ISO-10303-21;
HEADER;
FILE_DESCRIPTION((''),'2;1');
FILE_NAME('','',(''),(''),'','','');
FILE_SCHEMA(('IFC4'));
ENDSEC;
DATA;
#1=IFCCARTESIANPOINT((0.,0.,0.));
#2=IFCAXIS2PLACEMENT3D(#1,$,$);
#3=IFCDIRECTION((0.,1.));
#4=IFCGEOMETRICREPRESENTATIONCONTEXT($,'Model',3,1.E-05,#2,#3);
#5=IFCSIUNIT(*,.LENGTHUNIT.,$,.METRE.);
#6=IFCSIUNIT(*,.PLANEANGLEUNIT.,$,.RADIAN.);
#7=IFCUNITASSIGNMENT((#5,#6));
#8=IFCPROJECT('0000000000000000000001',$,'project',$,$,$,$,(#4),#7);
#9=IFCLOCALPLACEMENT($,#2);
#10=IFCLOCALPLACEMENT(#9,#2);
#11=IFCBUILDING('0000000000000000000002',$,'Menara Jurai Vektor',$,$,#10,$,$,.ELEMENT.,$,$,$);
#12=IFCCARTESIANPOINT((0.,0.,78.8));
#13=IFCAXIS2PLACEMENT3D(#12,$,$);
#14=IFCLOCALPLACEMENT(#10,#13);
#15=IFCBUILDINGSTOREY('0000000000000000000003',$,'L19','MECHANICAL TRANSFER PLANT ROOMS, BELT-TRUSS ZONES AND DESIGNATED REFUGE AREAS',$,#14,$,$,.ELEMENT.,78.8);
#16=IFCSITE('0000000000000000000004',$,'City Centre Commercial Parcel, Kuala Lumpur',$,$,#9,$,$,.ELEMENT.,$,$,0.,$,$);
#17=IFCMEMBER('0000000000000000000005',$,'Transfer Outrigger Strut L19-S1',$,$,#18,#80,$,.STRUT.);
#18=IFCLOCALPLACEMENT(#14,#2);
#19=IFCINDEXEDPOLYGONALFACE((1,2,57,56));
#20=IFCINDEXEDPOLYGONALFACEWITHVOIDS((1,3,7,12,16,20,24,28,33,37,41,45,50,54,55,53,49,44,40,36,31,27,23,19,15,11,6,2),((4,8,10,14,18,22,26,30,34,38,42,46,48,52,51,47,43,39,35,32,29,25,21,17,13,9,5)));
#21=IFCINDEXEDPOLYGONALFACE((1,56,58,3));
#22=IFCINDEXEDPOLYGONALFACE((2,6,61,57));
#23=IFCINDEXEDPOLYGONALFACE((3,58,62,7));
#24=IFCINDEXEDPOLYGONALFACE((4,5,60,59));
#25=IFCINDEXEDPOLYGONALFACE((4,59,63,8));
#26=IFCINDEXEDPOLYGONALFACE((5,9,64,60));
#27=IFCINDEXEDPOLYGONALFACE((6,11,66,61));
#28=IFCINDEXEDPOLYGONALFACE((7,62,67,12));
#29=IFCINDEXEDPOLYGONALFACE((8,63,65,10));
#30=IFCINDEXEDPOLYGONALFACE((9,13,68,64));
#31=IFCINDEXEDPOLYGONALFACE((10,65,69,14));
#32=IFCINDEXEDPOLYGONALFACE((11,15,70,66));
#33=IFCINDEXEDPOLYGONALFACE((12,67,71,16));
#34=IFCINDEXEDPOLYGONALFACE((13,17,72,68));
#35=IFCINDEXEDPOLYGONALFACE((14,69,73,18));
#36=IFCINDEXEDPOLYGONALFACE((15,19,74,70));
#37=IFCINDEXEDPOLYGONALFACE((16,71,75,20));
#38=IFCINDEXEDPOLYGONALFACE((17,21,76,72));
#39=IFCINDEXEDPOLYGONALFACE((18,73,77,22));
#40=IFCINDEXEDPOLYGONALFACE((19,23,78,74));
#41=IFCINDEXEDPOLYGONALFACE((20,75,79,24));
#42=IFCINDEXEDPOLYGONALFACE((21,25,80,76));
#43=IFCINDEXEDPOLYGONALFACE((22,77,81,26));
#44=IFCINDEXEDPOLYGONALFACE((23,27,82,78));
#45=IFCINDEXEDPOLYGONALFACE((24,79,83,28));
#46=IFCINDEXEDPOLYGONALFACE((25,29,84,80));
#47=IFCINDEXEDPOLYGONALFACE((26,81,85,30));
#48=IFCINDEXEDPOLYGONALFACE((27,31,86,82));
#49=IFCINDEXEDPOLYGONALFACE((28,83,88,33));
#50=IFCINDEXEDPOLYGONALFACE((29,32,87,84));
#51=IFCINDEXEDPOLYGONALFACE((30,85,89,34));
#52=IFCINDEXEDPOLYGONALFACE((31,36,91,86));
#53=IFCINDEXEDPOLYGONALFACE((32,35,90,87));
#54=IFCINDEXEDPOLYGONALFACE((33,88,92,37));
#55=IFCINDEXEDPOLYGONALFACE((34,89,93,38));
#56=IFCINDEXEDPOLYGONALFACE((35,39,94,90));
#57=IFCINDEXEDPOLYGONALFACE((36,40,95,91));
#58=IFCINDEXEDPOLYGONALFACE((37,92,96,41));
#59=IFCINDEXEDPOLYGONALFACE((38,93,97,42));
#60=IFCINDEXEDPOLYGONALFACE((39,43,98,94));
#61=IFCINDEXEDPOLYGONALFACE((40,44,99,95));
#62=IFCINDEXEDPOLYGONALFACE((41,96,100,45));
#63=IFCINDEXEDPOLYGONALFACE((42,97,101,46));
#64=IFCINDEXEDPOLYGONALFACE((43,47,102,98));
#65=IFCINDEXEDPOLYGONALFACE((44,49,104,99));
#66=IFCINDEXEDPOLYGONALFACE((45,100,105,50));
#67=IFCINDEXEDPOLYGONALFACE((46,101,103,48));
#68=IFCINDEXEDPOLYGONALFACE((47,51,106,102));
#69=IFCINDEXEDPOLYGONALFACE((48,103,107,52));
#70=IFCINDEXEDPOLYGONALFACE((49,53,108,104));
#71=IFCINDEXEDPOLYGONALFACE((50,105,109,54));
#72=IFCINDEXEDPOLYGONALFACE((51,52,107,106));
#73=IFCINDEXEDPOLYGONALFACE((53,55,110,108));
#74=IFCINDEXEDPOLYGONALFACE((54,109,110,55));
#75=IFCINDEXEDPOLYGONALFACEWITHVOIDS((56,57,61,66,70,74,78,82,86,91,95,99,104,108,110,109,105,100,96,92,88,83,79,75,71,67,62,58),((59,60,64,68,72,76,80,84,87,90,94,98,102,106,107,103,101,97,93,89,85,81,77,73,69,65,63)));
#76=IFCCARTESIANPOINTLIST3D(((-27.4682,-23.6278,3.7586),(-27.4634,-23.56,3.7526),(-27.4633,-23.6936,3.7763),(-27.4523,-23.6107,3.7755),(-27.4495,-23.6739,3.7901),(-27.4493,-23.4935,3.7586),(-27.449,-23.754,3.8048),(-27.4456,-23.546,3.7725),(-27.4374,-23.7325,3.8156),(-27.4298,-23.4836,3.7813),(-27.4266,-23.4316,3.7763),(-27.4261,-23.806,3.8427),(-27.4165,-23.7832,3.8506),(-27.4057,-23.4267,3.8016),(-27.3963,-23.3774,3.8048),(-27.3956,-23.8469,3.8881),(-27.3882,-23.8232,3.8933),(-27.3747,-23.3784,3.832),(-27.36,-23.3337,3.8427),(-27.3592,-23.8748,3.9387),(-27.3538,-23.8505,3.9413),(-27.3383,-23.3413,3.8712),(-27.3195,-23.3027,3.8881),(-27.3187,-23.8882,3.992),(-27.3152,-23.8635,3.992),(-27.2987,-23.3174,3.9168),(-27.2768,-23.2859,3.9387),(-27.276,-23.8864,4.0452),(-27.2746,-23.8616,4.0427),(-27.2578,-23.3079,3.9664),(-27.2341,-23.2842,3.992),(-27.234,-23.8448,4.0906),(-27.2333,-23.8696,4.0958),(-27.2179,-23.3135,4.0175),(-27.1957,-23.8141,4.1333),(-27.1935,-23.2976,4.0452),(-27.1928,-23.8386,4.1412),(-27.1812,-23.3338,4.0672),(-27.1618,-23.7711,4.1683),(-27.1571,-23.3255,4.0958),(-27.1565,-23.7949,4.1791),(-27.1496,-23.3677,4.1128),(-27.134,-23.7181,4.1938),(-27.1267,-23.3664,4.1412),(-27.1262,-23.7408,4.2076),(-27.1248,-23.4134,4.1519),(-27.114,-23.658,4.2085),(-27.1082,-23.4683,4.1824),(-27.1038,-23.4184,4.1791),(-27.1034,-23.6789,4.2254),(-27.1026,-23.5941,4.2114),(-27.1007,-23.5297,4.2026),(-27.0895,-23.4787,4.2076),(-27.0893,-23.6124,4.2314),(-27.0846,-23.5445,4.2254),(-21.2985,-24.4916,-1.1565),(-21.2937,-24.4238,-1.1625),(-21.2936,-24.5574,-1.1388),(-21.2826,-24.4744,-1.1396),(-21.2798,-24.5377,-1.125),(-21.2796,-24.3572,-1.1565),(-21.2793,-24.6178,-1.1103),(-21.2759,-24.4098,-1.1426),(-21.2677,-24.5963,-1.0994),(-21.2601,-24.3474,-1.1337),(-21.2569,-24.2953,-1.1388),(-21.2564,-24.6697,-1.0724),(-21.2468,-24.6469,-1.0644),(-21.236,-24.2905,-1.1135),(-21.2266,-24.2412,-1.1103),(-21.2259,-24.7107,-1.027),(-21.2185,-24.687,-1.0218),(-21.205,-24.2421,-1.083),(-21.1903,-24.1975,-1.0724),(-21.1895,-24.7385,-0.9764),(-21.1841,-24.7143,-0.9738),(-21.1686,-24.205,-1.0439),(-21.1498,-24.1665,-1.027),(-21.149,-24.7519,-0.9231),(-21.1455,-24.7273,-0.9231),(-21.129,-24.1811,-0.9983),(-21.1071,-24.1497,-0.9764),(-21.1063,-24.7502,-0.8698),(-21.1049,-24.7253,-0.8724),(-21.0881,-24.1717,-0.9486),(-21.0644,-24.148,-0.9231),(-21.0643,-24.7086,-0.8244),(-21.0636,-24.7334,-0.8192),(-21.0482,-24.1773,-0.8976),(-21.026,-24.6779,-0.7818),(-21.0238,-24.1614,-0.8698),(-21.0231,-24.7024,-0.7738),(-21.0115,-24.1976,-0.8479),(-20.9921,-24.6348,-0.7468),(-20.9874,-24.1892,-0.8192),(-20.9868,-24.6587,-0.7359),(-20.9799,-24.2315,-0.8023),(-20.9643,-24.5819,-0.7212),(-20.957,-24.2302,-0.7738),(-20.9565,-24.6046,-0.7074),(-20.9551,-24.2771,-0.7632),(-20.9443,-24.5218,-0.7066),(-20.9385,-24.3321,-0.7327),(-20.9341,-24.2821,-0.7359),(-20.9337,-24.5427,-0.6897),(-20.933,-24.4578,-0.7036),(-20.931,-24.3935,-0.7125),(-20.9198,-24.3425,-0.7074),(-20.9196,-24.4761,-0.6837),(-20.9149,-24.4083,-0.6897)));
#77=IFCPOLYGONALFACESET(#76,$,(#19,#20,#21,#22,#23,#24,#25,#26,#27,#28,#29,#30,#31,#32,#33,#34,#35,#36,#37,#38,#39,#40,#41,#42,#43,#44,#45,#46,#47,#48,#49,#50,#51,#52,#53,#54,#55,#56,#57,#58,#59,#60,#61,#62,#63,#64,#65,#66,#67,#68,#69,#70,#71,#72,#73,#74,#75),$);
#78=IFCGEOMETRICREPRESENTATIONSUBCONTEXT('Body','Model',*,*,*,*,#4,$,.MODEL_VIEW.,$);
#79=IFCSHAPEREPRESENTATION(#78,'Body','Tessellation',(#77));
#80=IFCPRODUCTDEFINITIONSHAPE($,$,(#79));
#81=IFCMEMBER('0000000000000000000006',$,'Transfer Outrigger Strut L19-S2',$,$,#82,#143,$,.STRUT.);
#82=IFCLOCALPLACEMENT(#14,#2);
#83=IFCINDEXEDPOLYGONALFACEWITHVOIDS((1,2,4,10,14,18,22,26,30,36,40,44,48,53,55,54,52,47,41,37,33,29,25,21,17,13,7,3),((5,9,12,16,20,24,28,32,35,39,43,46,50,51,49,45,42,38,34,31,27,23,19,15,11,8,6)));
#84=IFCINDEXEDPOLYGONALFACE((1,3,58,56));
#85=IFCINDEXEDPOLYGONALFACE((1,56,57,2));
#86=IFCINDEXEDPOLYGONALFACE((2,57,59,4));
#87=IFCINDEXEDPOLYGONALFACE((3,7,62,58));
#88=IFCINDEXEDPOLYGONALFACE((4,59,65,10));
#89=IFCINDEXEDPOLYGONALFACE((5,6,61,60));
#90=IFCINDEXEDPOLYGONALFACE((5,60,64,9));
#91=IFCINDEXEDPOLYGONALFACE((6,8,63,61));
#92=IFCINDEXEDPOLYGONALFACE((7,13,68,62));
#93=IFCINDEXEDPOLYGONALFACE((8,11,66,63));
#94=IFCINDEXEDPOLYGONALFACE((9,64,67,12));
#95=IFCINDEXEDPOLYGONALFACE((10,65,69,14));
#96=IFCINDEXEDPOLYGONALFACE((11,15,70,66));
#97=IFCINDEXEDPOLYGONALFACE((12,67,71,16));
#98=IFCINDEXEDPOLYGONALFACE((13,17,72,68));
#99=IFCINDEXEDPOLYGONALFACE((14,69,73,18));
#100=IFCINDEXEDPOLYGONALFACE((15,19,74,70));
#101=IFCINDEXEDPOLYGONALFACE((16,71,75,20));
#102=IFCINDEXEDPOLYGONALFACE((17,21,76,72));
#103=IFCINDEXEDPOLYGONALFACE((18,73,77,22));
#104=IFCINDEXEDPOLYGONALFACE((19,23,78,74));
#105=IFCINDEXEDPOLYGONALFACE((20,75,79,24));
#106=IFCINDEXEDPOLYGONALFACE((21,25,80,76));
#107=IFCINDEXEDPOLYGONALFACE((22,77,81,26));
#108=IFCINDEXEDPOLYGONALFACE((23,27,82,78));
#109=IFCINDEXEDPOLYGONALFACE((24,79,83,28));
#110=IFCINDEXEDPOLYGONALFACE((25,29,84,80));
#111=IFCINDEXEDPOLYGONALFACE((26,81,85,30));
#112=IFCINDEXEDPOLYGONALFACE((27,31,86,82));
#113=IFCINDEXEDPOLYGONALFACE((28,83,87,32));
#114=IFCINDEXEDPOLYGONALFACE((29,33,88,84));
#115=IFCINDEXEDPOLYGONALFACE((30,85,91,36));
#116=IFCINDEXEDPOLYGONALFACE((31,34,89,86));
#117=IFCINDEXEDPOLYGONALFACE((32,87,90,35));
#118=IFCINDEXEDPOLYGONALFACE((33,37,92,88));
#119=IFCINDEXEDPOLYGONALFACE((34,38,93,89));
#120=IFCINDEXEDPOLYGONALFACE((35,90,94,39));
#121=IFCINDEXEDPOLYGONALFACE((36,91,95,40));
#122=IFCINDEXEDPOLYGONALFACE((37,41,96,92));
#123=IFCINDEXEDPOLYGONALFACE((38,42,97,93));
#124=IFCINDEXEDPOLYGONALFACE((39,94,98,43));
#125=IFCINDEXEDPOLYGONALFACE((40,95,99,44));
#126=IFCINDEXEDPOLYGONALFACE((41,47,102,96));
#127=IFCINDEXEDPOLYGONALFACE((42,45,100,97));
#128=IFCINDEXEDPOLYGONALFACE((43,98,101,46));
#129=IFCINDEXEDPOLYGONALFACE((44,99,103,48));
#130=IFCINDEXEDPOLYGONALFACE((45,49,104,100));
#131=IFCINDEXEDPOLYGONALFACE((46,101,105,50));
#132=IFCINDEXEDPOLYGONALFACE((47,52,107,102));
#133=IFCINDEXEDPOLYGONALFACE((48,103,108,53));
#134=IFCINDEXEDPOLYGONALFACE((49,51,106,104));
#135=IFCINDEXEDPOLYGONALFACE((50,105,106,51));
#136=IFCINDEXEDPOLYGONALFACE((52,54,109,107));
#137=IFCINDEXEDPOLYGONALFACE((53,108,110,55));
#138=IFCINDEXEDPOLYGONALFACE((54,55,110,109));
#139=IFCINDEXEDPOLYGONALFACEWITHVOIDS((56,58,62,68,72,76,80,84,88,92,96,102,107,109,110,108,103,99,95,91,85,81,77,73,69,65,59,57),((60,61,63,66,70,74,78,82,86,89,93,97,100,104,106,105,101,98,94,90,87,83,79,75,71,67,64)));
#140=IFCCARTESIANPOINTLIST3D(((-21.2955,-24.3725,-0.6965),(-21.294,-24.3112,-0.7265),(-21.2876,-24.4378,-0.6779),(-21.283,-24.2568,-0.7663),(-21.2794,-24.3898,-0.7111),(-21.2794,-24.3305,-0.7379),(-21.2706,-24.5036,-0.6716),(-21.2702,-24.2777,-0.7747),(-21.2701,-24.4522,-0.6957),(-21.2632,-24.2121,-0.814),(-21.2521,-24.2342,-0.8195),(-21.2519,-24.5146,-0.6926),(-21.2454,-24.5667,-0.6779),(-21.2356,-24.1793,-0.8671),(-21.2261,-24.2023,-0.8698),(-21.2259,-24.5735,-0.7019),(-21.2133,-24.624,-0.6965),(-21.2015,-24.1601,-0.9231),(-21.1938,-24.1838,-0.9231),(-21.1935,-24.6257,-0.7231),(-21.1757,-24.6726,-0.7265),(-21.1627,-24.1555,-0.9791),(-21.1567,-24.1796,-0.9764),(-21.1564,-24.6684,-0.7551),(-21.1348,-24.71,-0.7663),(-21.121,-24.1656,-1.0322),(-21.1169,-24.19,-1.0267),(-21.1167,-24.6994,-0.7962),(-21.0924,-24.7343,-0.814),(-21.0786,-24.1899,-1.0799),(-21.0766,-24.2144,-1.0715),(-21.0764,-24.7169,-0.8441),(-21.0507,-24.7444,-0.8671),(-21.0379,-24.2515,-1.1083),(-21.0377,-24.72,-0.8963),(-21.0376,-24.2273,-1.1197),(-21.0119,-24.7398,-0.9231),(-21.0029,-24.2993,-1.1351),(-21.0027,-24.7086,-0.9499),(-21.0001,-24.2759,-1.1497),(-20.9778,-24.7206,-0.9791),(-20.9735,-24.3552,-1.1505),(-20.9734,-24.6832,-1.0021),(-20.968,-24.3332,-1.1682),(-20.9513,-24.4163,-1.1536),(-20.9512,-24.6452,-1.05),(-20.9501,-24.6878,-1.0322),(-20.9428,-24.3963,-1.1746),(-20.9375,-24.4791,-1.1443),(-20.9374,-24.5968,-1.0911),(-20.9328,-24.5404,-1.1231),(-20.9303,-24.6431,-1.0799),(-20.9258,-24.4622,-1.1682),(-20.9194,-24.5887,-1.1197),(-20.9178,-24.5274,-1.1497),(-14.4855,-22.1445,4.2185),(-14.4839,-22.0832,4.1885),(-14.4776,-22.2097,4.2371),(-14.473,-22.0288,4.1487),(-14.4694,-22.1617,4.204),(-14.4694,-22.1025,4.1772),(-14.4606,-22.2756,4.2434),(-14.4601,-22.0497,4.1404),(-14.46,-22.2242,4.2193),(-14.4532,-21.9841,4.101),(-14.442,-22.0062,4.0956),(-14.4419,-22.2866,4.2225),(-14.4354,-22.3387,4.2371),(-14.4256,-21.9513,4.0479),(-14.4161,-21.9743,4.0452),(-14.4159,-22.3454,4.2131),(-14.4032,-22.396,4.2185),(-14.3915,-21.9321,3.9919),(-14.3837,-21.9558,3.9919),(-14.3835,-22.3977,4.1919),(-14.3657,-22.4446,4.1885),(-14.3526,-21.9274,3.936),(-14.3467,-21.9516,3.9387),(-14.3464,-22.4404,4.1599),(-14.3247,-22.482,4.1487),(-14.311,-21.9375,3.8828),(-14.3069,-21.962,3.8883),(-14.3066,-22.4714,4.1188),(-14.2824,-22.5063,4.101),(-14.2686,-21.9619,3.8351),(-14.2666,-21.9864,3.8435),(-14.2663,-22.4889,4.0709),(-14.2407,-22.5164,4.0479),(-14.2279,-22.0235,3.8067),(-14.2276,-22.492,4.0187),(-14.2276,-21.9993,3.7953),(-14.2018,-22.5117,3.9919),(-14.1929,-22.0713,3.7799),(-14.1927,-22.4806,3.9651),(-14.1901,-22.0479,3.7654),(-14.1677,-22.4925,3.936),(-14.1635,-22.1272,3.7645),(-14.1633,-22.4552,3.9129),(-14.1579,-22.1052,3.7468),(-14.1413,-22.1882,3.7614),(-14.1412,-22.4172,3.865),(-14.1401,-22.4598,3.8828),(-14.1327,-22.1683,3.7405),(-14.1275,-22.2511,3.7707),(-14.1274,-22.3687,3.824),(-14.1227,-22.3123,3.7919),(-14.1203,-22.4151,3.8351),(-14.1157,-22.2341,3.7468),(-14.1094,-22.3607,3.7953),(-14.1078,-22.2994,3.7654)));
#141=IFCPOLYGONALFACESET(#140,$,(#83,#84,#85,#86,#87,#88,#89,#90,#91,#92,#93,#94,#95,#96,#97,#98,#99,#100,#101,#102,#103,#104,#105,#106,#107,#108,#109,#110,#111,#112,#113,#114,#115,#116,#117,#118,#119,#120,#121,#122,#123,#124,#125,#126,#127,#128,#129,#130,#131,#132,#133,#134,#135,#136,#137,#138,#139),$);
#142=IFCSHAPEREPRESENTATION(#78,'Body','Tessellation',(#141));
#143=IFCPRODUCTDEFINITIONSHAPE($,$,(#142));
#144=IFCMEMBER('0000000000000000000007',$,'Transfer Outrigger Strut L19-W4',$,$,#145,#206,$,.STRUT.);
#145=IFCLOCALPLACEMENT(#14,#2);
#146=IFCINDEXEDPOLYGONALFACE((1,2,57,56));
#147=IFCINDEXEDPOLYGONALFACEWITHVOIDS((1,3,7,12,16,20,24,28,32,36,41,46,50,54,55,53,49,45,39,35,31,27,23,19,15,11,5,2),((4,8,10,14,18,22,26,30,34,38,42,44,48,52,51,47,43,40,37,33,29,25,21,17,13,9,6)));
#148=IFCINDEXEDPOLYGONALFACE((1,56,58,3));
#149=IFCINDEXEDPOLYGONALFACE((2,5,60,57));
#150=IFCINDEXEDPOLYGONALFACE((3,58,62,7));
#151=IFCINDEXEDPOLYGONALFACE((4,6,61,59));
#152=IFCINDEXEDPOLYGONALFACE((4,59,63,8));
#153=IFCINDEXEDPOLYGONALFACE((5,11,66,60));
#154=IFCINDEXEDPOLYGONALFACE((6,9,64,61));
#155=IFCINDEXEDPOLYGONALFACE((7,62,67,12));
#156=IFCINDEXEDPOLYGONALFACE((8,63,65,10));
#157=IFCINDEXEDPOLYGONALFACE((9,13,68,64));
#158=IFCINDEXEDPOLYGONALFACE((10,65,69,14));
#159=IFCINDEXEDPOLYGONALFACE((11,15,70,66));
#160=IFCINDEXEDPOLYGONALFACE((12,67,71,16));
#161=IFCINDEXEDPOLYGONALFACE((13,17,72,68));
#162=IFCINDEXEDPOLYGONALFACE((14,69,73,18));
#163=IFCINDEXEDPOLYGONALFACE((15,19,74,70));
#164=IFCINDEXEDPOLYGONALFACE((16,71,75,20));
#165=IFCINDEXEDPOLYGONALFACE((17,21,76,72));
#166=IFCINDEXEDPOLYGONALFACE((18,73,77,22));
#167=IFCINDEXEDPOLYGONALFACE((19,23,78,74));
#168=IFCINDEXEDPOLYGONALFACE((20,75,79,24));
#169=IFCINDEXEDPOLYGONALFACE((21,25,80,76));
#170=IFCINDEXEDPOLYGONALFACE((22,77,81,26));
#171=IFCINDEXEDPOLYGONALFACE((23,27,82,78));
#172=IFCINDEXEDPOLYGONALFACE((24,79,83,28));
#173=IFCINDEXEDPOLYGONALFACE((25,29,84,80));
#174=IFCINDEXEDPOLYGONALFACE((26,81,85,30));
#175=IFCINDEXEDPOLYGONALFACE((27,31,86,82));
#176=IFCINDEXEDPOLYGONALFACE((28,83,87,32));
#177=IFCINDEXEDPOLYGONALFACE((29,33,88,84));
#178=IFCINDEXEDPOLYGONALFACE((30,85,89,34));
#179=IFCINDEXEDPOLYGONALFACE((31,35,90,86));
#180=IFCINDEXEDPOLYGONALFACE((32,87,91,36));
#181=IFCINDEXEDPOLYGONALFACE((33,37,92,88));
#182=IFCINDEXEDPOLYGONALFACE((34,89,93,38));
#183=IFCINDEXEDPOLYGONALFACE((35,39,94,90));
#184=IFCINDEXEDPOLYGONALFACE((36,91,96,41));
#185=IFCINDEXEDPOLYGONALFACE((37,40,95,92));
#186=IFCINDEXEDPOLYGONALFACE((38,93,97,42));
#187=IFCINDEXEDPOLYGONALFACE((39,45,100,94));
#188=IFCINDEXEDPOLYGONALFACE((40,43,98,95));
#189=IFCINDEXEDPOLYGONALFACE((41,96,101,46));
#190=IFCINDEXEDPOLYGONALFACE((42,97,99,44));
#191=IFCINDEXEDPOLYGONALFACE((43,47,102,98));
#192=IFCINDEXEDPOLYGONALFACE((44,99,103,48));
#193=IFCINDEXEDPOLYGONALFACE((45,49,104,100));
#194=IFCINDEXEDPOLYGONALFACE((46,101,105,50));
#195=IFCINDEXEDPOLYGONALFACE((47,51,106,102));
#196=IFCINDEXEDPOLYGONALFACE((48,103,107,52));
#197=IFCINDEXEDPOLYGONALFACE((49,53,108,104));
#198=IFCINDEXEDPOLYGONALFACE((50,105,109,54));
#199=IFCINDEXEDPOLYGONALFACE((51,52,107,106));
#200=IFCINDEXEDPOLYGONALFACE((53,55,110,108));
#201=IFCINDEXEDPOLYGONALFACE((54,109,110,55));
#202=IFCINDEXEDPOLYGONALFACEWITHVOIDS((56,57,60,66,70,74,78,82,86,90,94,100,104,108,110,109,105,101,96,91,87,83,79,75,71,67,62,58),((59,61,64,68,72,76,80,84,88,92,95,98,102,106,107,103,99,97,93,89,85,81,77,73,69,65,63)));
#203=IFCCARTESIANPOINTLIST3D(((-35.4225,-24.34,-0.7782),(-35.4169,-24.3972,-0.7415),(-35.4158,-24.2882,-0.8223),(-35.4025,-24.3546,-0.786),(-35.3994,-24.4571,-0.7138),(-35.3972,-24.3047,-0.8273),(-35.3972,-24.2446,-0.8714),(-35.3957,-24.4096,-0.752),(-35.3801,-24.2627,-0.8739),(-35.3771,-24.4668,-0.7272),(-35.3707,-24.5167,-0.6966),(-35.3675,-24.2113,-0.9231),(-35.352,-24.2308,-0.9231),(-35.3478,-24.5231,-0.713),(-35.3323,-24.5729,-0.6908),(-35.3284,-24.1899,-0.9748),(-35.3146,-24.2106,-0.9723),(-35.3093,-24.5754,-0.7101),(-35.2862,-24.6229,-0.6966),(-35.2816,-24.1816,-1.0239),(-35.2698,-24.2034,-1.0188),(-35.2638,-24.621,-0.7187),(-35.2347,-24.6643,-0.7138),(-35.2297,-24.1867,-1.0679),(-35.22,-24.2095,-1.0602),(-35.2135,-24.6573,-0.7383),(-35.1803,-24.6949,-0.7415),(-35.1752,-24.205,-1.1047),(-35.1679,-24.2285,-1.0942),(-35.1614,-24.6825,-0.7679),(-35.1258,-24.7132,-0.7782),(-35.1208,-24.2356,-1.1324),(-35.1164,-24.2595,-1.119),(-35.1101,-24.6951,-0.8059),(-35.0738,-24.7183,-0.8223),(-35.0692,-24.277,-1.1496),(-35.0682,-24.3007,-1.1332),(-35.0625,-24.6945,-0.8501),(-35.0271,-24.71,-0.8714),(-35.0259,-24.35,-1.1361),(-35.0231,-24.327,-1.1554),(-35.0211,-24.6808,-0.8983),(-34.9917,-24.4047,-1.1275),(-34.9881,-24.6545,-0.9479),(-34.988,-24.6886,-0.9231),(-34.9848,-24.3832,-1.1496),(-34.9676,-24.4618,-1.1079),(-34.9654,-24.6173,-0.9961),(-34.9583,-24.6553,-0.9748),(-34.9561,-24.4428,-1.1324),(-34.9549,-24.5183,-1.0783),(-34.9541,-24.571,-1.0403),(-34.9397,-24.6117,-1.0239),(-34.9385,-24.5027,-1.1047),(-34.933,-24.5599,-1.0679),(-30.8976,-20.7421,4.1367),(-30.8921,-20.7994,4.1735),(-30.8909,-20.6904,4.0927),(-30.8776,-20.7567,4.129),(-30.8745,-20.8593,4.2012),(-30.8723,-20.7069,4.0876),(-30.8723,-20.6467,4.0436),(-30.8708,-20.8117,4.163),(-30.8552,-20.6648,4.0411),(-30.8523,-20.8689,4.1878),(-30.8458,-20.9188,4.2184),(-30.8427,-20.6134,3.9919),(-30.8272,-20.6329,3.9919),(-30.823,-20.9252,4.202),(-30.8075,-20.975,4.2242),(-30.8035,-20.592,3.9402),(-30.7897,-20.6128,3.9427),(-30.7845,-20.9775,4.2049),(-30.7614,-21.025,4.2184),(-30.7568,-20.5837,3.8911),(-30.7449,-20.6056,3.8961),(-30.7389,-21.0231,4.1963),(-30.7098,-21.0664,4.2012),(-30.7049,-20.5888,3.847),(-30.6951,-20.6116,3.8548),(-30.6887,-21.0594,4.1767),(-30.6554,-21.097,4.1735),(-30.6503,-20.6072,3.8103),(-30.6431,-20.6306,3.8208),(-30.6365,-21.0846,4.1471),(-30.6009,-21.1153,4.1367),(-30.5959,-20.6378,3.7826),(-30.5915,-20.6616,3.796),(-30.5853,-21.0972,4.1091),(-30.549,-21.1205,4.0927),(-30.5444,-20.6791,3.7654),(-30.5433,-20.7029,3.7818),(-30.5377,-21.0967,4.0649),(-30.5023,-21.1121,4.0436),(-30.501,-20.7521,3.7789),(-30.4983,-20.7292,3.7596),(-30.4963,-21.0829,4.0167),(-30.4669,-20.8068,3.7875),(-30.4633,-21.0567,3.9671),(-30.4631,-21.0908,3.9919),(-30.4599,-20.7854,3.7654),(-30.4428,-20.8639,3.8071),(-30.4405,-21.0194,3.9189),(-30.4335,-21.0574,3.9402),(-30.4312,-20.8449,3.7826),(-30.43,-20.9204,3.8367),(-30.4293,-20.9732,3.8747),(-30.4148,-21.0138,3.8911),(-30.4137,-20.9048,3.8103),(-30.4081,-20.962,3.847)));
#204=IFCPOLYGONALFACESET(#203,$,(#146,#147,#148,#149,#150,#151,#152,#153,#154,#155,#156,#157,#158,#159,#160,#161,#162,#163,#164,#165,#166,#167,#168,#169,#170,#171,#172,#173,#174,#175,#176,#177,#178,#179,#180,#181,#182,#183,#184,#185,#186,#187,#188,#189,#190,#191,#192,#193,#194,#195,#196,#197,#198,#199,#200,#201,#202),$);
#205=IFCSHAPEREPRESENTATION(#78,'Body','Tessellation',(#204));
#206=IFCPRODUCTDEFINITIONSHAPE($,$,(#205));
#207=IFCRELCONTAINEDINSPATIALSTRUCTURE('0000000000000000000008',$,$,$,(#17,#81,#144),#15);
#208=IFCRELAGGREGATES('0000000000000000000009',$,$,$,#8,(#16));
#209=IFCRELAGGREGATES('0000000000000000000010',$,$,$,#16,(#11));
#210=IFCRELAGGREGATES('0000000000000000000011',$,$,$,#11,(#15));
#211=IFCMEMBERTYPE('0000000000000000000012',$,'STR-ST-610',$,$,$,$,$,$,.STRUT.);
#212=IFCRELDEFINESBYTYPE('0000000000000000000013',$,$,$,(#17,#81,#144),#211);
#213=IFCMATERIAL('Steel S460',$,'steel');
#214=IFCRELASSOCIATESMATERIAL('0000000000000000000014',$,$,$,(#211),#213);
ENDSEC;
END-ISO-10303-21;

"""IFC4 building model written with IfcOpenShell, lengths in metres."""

from ifc_helpers import new_model, si_unit, direction, frame, origin, origin_2d, place, context, subcontext, project, spatial, hollow_circle, extrude, material, material_profile, profile_set, type_object, element, save


model = new_model("IFC4")

# Units and contexts
model_context = context("Model", 3, precision=1e-05, world=origin(), true_north=direction((0.0, 1.0)))
body_context = subcontext(model_context, "Body", "Model", "MODEL_VIEW")
ifc_project = project(units=[si_unit("LENGTHUNIT", "METRE"), si_unit("PLANEANGLEUNIT", "RADIAN")], contexts=[model_context])

# Site, building, storey
site_placement = place(None, origin())
site = spatial("IfcSite", under=ifc_project, at=site_placement, Name="City Centre Commercial Parcel, Kuala Lumpur", CompositionType="ELEMENT", RefElevation=0.0)
building_placement = place(site_placement, origin())
building = spatial("IfcBuilding", under=site, at=building_placement, Name="Menara Jurai Vektor", CompositionType="ELEMENT")
storey_placement = place(building_placement, frame((0.0, 0.0, 78.8)))
storey = spatial("IfcBuildingStorey", under=building, at=storey_placement, Name="L19", Description="MECHANICAL TRANSFER PLANT ROOMS, BELT-TRUSS ZONES AND DESIGNATED REFUGE AREAS", CompositionType="ELEMENT", Elevation=78.8)

# Shared definitions
ifc_material_1 = material(Name="Steel S460", Category="steel")

# Members
ifc_material_profile_1 = material_profile(ifc_material_1, hollow_circle(Radius=0.3049, WallThickness=0.0249, at=origin_2d()), Name="CHS 610x25")
ifc_profile_set_1 = profile_set([ifc_material_profile_1], Name="Steel S460")
member_type_1 = type_object("IfcMemberType", Name="STR-ST-610", PredefinedType="STRUT", material=ifc_profile_set_1)
member_1_placement = place(storey_placement, frame((-21.1067, -24.45, -0.9231), z_axis=(-0.7775, 0.108852, 0.619391), x_axis=(-0.13865, -0.990341, 0.0)))
element("IfcMember", 1, at=member_1_placement, inside=storey, type_object=member_type_1, Name="Transfer Outrigger Strut L19-S1", PredefinedType="STRUT", context=body_context, shape_type="SweptSolid", body=[
    extrude(hollow_circle(Radius=0.3049, WallThickness=0.0249, at=origin_2d()), origin(), (0.0, 0.0, 1.0), 7.9353),
])
member_2_placement = place(storey_placement, frame((-21.1067, -24.45, -0.9231), z_axis=(0.783757, 0.256419, 0.565663), x_axis=(-0.310948, 0.950427, 0.0)))
element("IfcMember", 2, at=member_2_placement, inside=storey, type_object=member_type_1, Name="Transfer Outrigger Strut L19-S2", PredefinedType="STRUT", context=body_context, shape_type="SweptSolid", body=[
    extrude(hollow_circle(Radius=0.3049, WallThickness=0.0249, at=origin_2d()), origin(), (0.0, 0.0, 1.0), 8.689),
])
member_3_placement = place(storey_placement, frame((-35.1777, -24.45, -0.9231), z_axis=(0.596326, 0.474159, 0.647741), x_axis=(-0.62237, 0.782724, 0.0)))
element("IfcMember", 3, at=member_3_placement, inside=storey, type_object=member_type_1, Name="Transfer Outrigger Strut L19-W4", PredefinedType="STRUT", context=body_context, shape_type="SweptSolid", body=[
    extrude(hollow_circle(Radius=0.3049, WallThickness=0.0249, at=origin_2d()), origin(), (0.0, 0.0, 1.0), 7.5879),
])

save(model, "model.ifc")
